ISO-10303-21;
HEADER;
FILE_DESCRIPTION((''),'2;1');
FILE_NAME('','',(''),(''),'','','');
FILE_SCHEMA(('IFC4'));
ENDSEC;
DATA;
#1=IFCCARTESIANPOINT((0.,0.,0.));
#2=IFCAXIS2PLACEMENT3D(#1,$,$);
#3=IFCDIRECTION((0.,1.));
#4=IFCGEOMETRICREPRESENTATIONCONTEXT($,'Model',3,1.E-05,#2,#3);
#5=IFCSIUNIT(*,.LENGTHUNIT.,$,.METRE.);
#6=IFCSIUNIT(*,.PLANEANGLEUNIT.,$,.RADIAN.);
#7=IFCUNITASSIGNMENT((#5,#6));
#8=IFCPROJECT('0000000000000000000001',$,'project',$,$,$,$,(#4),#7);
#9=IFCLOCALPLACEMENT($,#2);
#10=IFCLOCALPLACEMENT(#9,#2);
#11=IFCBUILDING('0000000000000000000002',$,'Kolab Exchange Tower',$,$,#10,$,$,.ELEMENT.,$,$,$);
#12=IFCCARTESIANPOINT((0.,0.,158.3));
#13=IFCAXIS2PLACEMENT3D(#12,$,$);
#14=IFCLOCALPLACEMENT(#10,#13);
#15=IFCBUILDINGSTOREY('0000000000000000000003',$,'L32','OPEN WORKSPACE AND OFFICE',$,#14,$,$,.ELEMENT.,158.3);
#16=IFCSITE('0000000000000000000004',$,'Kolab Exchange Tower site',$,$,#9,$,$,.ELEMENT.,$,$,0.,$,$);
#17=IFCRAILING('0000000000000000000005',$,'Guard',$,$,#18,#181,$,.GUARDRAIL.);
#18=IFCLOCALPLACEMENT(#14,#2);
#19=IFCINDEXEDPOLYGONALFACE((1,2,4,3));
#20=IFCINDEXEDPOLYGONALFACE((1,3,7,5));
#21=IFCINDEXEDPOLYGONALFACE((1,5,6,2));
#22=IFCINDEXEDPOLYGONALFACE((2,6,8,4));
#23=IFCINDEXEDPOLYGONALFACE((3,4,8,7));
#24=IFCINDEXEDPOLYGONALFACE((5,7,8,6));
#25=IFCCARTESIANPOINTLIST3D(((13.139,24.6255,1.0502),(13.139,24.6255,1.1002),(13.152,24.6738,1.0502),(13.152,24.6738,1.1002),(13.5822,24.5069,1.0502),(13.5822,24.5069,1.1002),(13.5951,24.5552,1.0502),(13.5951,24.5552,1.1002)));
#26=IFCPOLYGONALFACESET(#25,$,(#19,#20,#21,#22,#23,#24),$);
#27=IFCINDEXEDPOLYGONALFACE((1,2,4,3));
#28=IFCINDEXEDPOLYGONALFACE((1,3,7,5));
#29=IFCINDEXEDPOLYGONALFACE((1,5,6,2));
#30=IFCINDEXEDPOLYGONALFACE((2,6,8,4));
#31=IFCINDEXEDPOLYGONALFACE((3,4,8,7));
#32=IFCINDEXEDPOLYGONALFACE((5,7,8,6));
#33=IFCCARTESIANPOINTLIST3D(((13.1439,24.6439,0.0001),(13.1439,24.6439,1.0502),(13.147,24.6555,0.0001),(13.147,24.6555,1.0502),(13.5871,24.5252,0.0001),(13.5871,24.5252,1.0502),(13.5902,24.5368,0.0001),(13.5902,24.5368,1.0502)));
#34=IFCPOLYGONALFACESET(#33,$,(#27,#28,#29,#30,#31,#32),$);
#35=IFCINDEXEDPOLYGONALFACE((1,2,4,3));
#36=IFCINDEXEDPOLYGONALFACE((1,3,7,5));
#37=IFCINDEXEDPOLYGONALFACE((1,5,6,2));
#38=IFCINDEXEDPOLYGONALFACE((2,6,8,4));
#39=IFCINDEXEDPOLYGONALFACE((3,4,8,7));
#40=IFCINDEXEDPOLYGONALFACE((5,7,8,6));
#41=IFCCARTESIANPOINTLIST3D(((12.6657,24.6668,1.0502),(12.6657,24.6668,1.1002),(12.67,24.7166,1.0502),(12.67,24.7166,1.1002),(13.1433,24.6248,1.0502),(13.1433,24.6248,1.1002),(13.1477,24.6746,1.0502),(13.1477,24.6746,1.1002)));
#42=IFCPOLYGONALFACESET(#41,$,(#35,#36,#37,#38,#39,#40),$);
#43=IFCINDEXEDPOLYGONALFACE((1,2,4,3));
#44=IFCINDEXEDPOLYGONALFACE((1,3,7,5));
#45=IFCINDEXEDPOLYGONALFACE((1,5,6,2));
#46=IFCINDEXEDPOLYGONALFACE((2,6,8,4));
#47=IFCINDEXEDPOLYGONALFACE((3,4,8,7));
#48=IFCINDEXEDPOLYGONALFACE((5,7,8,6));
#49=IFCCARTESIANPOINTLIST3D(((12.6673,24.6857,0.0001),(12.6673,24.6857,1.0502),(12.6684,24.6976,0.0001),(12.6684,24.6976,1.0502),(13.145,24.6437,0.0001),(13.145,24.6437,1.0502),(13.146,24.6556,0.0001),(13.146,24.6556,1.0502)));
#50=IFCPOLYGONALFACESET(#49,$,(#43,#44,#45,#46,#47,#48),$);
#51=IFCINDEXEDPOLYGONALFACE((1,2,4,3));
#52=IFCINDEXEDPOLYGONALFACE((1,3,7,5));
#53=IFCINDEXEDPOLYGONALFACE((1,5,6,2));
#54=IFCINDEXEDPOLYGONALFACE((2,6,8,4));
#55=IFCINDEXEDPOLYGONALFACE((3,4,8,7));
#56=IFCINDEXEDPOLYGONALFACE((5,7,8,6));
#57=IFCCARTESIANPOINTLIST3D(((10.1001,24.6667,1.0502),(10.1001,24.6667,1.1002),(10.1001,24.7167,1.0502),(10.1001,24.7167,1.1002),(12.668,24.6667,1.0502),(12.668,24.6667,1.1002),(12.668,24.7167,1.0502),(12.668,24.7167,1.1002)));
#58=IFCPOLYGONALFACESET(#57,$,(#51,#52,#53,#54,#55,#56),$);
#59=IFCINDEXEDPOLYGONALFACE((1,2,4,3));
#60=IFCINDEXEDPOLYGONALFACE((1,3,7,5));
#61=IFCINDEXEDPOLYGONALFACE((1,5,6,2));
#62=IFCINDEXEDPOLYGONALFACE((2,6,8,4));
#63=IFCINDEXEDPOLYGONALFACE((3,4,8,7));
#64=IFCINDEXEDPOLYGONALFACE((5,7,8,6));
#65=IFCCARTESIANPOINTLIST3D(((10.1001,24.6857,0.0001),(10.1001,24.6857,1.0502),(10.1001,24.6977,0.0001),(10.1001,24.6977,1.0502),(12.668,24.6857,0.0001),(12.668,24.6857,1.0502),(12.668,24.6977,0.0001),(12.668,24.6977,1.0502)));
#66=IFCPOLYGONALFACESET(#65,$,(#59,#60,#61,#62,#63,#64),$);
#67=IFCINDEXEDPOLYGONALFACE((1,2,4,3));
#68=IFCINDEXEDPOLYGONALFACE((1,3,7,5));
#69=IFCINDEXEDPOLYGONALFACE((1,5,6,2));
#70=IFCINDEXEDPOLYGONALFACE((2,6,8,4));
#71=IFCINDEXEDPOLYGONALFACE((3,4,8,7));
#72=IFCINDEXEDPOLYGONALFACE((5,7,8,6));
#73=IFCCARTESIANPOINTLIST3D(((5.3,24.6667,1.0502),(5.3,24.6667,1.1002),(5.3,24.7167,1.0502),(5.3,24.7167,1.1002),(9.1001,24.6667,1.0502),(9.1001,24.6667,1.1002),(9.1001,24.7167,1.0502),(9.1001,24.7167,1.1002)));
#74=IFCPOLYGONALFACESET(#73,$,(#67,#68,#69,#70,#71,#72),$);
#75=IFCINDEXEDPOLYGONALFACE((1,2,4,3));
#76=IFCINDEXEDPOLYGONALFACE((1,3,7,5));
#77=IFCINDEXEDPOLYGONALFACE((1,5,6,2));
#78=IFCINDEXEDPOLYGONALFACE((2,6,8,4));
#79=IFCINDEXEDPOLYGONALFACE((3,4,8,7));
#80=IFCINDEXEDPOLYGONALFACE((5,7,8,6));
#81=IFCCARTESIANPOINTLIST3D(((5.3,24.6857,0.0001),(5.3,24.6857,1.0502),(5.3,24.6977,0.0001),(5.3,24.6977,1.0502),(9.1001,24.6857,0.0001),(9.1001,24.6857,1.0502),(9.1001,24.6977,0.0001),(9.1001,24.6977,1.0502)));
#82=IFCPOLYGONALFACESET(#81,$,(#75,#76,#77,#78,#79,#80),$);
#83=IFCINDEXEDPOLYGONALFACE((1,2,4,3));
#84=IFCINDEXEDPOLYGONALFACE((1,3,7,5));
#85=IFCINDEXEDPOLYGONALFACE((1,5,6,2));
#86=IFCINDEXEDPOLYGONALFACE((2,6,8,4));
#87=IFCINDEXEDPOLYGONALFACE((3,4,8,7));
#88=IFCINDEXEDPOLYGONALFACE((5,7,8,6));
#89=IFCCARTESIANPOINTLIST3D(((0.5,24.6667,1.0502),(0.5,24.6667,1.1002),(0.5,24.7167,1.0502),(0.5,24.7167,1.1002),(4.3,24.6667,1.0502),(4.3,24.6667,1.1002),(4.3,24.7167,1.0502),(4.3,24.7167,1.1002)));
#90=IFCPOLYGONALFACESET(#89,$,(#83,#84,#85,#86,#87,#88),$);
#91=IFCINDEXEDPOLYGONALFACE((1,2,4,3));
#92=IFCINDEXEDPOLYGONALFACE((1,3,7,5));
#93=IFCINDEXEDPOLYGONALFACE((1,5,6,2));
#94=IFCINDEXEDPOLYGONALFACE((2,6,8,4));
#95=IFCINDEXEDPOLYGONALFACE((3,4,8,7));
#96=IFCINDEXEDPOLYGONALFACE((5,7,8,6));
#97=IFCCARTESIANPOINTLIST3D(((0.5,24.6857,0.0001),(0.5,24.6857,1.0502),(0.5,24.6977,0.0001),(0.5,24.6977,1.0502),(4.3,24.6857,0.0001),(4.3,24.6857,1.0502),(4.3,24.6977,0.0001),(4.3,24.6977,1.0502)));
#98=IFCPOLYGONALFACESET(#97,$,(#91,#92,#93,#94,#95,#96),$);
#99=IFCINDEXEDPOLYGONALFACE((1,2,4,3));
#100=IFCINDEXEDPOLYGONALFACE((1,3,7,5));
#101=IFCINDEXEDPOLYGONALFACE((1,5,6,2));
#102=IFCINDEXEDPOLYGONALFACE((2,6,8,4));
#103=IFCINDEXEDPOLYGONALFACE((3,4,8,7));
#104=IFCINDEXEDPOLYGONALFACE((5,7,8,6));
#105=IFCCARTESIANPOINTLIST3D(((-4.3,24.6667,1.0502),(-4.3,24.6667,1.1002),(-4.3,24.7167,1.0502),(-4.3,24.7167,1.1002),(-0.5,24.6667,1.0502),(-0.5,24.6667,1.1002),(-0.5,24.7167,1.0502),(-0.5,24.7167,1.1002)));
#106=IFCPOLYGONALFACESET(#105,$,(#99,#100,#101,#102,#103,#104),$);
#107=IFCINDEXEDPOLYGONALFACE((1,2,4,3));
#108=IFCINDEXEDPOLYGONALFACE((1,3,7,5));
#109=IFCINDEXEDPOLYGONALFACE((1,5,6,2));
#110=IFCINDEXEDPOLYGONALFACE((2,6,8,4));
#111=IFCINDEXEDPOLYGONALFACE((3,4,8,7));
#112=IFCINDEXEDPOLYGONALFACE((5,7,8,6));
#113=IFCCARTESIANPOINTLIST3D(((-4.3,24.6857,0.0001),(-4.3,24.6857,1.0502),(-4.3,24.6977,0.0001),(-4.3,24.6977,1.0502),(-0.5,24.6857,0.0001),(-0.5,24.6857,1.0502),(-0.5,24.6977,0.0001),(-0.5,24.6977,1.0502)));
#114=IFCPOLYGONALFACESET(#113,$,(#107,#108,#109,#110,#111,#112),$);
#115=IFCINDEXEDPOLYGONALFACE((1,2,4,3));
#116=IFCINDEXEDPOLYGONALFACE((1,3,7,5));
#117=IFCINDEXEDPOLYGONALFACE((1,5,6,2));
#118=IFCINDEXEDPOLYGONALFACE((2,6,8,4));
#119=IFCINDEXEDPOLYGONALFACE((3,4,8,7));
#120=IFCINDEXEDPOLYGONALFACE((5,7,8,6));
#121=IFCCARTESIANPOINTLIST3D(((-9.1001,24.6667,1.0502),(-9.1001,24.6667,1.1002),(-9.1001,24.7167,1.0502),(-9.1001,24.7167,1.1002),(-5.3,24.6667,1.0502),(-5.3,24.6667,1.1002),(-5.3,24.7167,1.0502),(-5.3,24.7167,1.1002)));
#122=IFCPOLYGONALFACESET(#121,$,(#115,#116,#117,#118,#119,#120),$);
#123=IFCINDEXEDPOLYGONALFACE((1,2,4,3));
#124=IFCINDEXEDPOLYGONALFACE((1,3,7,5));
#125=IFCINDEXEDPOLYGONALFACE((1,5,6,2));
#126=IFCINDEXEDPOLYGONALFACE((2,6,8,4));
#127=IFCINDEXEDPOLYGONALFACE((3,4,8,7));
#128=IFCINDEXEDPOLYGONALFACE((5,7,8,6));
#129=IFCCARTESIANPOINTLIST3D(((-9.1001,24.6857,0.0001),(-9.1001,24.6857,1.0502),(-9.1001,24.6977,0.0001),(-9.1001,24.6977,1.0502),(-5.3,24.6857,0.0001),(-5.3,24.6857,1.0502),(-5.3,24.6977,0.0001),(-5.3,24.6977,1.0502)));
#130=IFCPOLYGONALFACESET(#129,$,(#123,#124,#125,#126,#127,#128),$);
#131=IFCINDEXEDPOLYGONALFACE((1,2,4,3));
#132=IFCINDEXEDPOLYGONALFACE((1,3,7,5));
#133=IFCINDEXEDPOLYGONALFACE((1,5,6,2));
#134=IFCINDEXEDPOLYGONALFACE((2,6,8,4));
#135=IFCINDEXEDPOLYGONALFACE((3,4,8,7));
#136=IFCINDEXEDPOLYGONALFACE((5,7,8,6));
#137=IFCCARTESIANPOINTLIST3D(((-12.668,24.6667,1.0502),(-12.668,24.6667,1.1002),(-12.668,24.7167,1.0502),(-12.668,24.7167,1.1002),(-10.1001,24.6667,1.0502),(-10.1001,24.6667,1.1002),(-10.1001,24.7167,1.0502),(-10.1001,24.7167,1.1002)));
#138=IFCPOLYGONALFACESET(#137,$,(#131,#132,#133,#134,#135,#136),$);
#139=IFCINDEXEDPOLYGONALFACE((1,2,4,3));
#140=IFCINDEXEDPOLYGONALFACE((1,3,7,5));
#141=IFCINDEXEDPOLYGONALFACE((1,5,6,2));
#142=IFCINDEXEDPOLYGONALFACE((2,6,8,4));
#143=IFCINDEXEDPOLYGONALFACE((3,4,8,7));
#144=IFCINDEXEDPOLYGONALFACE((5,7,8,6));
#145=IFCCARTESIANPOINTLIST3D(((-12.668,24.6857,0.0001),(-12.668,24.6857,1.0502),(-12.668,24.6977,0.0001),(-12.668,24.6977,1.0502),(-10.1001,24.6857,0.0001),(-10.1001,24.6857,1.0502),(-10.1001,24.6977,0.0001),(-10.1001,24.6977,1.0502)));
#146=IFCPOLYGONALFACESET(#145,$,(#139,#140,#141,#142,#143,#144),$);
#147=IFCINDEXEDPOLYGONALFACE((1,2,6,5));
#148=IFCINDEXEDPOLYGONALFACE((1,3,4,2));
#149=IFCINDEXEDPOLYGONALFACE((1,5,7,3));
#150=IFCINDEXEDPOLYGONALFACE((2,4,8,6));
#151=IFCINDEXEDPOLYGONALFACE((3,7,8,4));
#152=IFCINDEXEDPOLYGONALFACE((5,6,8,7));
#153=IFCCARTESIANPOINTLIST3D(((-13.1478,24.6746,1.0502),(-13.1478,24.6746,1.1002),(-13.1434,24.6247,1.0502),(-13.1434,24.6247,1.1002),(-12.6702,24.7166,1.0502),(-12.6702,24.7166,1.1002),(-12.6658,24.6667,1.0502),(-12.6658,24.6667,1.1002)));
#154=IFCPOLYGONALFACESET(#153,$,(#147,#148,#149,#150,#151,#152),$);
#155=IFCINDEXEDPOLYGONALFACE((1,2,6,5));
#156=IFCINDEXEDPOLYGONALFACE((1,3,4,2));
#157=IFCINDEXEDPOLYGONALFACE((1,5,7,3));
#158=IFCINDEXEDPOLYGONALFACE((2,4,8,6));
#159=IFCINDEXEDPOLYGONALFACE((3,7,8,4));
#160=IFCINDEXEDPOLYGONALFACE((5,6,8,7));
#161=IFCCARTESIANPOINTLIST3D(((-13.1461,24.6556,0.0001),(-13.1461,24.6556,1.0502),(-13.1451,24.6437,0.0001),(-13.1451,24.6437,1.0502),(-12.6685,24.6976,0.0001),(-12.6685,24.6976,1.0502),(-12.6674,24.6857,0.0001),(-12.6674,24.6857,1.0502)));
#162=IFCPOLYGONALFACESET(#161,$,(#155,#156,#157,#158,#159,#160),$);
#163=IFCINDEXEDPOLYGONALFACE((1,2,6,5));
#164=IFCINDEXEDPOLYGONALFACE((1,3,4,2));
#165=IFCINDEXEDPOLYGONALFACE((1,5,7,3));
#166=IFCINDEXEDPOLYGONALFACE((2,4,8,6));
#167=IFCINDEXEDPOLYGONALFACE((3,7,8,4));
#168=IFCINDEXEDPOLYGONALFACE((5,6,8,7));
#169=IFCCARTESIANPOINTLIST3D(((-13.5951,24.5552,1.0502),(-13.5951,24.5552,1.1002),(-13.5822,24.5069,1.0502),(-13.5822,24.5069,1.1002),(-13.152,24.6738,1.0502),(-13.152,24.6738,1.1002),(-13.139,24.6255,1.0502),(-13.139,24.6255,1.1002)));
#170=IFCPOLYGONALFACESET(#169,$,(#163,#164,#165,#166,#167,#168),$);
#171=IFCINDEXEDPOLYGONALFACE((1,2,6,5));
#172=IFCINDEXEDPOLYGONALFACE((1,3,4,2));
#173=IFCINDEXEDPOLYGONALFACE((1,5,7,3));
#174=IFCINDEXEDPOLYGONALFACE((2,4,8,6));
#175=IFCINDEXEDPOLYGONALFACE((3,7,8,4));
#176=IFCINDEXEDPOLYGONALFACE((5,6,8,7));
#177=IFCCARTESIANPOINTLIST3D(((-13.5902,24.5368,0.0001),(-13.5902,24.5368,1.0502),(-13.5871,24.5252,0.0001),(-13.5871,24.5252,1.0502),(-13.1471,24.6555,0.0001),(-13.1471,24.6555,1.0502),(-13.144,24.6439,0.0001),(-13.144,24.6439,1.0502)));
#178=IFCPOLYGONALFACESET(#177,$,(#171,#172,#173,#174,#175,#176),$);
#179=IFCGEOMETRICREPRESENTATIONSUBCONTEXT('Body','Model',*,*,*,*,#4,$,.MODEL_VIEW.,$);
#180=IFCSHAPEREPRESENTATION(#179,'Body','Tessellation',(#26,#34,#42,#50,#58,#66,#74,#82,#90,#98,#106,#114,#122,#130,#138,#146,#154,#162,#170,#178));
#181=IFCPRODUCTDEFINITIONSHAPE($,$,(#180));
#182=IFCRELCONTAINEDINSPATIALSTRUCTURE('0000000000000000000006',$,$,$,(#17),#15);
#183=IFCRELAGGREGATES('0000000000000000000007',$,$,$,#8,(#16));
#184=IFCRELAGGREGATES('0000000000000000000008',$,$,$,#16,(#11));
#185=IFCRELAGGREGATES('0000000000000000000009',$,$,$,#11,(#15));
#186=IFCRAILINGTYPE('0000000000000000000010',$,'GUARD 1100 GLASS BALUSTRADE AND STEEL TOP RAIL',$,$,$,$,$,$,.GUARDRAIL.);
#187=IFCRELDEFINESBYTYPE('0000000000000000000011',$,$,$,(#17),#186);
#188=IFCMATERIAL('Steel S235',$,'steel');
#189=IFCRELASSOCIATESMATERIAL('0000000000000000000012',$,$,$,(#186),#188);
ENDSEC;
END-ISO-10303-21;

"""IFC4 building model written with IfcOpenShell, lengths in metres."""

from ifc_helpers import new_model, si_unit, direction, frame, frame_2d, origin, origin_2d, place, context, subcontext, project, spatial, rectangle, extrude, material, type_object, element, save


model = new_model("IFC4")

# Units and contexts
model_context = context("Model", 3, precision=1e-05, world=origin(), true_north=direction((0.0, 1.0)))
body_context = subcontext(model_context, "Body", "Model", "MODEL_VIEW")
ifc_project = project(units=[si_unit("LENGTHUNIT", "METRE"), si_unit("PLANEANGLEUNIT", "RADIAN")], contexts=[model_context])

# Site, building, storey
site_placement = place(None, origin())
site = spatial("IfcSite", under=ifc_project, at=site_placement, Name="Kolab Exchange Tower site", CompositionType="ELEMENT", RefElevation=0.0)
building_placement = place(site_placement, origin())
building = spatial("IfcBuilding", under=site, at=building_placement, Name="Kolab Exchange Tower", CompositionType="ELEMENT")
storey_placement = place(building_placement, frame((0.0, 0.0, 158.3)))
storey = spatial("IfcBuildingStorey", under=building, at=storey_placement, Name="L32", Description="OPEN WORKSPACE AND OFFICE", CompositionType="ELEMENT", Elevation=158.3)

# Railing
ifc_material_1 = material(Name="Steel S235", Category="steel")
railing_type = type_object("IfcRailingType", Name="GUARD 1100 GLASS BALUSTRADE AND STEEL TOP RAIL", PredefinedType="GUARDRAIL", material=ifc_material_1)
railing_placement = place(storey_placement, frame((13.5886, 24.531, 0.0)))
element("IfcRailing", 1, at=railing_placement, inside=storey, type_object=railing_type, Name="Guard", PredefinedType="GUARDRAIL", context=body_context, shape_type="SweptSolid", body=[
    extrude(rectangle(XDim=0.05, YDim=0.05, at=origin_2d()), frame((0.0, 0.0, 1.0752), z_axis=(-0.965969, 0.258656, 0.0), x_axis=(-0.258656, -0.965969, 0.0)), (0.0, 0.0, 1.0), 0.4587),
    extrude(rectangle(XDim=0.012, YDim=1.0501, at=frame_2d((0.0, 0.5251))), frame((0.0, 0.0, 0.0), z_axis=(-0.965969, 0.258656, 0.0), x_axis=(-0.258656, -0.965969, 0.0)), (0.0, 0.0, 1.0), 0.4587),
    extrude(rectangle(XDim=0.05, YDim=0.05, at=origin_2d()), frame((-0.4431, 0.1187, 1.0752), z_axis=(-0.996156, 0.087597, 0.0), x_axis=(-0.087597, -0.996156, 0.0)), (0.0, 0.0, 1.0), 0.4795),
    extrude(rectangle(XDim=0.012, YDim=1.0501, at=frame_2d((0.0, 0.5251))), frame((-0.4431, 0.1187, 0.0), z_axis=(-0.996156, 0.087597, 0.0), x_axis=(-0.087597, -0.996156, 0.0)), (0.0, 0.0, 1.0), 0.4795),
    extrude(rectangle(XDim=0.05, YDim=0.05, at=origin_2d()), frame((-0.9207, 0.1606, 1.0752), z_axis=(-1.0, 0.0, 0.0), x_axis=(0.0, -1.0, 0.0)), (0.0, 0.0, 1.0), 2.5679),
    extrude(rectangle(XDim=0.012, YDim=1.0501, at=frame_2d((0.0, 0.5251))), frame((-0.9207, 0.1606, 0.0), z_axis=(-1.0, 0.0, 0.0), x_axis=(0.0, -1.0, 0.0)), (0.0, 0.0, 1.0), 2.5679),
    extrude(rectangle(XDim=0.05, YDim=0.05, at=origin_2d()), frame((-4.4885, 0.1606, 1.0752), z_axis=(-1.0, 0.0, 0.0), x_axis=(0.0, -1.0, 0.0)), (0.0, 0.0, 1.0), 3.8),
    extrude(rectangle(XDim=0.012, YDim=1.0501, at=frame_2d((0.0, 0.5251))), frame((-4.4885, 0.1606, 0.0), z_axis=(-1.0, 0.0, 0.0), x_axis=(0.0, -1.0, 0.0)), (0.0, 0.0, 1.0), 3.8),
    extrude(rectangle(XDim=0.05, YDim=0.05, at=origin_2d()), frame((-9.2886, 0.1606, 1.0752), z_axis=(-1.0, 0.0, 0.0), x_axis=(0.0, -1.0, 0.0)), (0.0, 0.0, 1.0), 3.8),
    extrude(rectangle(XDim=0.012, YDim=1.0501, at=frame_2d((0.0, 0.5251))), frame((-9.2886, 0.1606, 0.0), z_axis=(-1.0, 0.0, 0.0), x_axis=(0.0, -1.0, 0.0)), (0.0, 0.0, 1.0), 3.8),
    extrude(rectangle(XDim=0.05, YDim=0.05, at=origin_2d()), frame((-14.0886, 0.1606, 1.0752), z_axis=(-1.0, 0.0, 0.0), x_axis=(0.0, -1.0, 0.0)), (0.0, 0.0, 1.0), 3.8),
    extrude(rectangle(XDim=0.012, YDim=1.0501, at=frame_2d((0.0, 0.5251))), frame((-14.0886, 0.1606, 0.0), z_axis=(-1.0, 0.0, 0.0), x_axis=(0.0, -1.0, 0.0)), (0.0, 0.0, 1.0), 3.8),
    extrude(rectangle(XDim=0.05, YDim=0.05, at=origin_2d()), frame((-18.8887, 0.1606, 1.0752), z_axis=(-1.0, 0.0, 0.0), x_axis=(0.0, -1.0, 0.0)), (0.0, 0.0, 1.0), 3.8),
    extrude(rectangle(XDim=0.012, YDim=1.0501, at=frame_2d((0.0, 0.5251))), frame((-18.8887, 0.1606, 0.0), z_axis=(-1.0, 0.0, 0.0), x_axis=(0.0, -1.0, 0.0)), (0.0, 0.0, 1.0), 3.8),
    extrude(rectangle(XDim=0.05, YDim=0.05, at=origin_2d()), frame((-23.6887, 0.1606, 1.0752), z_axis=(-1.0, 0.0, 0.0), x_axis=(0.0, -1.0, 0.0)), (0.0, 0.0, 1.0), 2.5679),
    extrude(rectangle(XDim=0.012, YDim=1.0501, at=frame_2d((0.0, 0.5251))), frame((-23.6887, 0.1606, 0.0), z_axis=(-1.0, 0.0, 0.0), x_axis=(0.0, -1.0, 0.0)), (0.0, 0.0, 1.0), 2.5679),
    extrude(rectangle(XDim=0.05, YDim=0.05, at=origin_2d()), frame((-26.2566, 0.1606, 1.0752), z_axis=(-0.996156, -0.087597, 0.0), x_axis=(0.087597, -0.996156, 0.0)), (0.0, 0.0, 1.0), 0.4795),
    extrude(rectangle(XDim=0.012, YDim=1.0501, at=frame_2d((0.0, 0.5251))), frame((-26.2566, 0.1606, 0.0), z_axis=(-0.996156, -0.087597, 0.0), x_axis=(0.087597, -0.996156, 0.0)), (0.0, 0.0, 1.0), 0.4795),
    extrude(rectangle(XDim=0.05, YDim=0.05, at=origin_2d()), frame((-26.7341, 0.1187, 1.0752), z_axis=(-0.965969, -0.258656, 0.0), x_axis=(0.258656, -0.965969, 0.0)), (0.0, 0.0, 1.0), 0.4587),
    extrude(rectangle(XDim=0.012, YDim=1.0501, at=frame_2d((0.0, 0.5251))), frame((-26.7341, 0.1187, 0.0), z_axis=(-0.965969, -0.258656, 0.0), x_axis=(0.258656, -0.965969, 0.0)), (0.0, 0.0, 1.0), 0.4587),
])

save(model, "model.ifc")
